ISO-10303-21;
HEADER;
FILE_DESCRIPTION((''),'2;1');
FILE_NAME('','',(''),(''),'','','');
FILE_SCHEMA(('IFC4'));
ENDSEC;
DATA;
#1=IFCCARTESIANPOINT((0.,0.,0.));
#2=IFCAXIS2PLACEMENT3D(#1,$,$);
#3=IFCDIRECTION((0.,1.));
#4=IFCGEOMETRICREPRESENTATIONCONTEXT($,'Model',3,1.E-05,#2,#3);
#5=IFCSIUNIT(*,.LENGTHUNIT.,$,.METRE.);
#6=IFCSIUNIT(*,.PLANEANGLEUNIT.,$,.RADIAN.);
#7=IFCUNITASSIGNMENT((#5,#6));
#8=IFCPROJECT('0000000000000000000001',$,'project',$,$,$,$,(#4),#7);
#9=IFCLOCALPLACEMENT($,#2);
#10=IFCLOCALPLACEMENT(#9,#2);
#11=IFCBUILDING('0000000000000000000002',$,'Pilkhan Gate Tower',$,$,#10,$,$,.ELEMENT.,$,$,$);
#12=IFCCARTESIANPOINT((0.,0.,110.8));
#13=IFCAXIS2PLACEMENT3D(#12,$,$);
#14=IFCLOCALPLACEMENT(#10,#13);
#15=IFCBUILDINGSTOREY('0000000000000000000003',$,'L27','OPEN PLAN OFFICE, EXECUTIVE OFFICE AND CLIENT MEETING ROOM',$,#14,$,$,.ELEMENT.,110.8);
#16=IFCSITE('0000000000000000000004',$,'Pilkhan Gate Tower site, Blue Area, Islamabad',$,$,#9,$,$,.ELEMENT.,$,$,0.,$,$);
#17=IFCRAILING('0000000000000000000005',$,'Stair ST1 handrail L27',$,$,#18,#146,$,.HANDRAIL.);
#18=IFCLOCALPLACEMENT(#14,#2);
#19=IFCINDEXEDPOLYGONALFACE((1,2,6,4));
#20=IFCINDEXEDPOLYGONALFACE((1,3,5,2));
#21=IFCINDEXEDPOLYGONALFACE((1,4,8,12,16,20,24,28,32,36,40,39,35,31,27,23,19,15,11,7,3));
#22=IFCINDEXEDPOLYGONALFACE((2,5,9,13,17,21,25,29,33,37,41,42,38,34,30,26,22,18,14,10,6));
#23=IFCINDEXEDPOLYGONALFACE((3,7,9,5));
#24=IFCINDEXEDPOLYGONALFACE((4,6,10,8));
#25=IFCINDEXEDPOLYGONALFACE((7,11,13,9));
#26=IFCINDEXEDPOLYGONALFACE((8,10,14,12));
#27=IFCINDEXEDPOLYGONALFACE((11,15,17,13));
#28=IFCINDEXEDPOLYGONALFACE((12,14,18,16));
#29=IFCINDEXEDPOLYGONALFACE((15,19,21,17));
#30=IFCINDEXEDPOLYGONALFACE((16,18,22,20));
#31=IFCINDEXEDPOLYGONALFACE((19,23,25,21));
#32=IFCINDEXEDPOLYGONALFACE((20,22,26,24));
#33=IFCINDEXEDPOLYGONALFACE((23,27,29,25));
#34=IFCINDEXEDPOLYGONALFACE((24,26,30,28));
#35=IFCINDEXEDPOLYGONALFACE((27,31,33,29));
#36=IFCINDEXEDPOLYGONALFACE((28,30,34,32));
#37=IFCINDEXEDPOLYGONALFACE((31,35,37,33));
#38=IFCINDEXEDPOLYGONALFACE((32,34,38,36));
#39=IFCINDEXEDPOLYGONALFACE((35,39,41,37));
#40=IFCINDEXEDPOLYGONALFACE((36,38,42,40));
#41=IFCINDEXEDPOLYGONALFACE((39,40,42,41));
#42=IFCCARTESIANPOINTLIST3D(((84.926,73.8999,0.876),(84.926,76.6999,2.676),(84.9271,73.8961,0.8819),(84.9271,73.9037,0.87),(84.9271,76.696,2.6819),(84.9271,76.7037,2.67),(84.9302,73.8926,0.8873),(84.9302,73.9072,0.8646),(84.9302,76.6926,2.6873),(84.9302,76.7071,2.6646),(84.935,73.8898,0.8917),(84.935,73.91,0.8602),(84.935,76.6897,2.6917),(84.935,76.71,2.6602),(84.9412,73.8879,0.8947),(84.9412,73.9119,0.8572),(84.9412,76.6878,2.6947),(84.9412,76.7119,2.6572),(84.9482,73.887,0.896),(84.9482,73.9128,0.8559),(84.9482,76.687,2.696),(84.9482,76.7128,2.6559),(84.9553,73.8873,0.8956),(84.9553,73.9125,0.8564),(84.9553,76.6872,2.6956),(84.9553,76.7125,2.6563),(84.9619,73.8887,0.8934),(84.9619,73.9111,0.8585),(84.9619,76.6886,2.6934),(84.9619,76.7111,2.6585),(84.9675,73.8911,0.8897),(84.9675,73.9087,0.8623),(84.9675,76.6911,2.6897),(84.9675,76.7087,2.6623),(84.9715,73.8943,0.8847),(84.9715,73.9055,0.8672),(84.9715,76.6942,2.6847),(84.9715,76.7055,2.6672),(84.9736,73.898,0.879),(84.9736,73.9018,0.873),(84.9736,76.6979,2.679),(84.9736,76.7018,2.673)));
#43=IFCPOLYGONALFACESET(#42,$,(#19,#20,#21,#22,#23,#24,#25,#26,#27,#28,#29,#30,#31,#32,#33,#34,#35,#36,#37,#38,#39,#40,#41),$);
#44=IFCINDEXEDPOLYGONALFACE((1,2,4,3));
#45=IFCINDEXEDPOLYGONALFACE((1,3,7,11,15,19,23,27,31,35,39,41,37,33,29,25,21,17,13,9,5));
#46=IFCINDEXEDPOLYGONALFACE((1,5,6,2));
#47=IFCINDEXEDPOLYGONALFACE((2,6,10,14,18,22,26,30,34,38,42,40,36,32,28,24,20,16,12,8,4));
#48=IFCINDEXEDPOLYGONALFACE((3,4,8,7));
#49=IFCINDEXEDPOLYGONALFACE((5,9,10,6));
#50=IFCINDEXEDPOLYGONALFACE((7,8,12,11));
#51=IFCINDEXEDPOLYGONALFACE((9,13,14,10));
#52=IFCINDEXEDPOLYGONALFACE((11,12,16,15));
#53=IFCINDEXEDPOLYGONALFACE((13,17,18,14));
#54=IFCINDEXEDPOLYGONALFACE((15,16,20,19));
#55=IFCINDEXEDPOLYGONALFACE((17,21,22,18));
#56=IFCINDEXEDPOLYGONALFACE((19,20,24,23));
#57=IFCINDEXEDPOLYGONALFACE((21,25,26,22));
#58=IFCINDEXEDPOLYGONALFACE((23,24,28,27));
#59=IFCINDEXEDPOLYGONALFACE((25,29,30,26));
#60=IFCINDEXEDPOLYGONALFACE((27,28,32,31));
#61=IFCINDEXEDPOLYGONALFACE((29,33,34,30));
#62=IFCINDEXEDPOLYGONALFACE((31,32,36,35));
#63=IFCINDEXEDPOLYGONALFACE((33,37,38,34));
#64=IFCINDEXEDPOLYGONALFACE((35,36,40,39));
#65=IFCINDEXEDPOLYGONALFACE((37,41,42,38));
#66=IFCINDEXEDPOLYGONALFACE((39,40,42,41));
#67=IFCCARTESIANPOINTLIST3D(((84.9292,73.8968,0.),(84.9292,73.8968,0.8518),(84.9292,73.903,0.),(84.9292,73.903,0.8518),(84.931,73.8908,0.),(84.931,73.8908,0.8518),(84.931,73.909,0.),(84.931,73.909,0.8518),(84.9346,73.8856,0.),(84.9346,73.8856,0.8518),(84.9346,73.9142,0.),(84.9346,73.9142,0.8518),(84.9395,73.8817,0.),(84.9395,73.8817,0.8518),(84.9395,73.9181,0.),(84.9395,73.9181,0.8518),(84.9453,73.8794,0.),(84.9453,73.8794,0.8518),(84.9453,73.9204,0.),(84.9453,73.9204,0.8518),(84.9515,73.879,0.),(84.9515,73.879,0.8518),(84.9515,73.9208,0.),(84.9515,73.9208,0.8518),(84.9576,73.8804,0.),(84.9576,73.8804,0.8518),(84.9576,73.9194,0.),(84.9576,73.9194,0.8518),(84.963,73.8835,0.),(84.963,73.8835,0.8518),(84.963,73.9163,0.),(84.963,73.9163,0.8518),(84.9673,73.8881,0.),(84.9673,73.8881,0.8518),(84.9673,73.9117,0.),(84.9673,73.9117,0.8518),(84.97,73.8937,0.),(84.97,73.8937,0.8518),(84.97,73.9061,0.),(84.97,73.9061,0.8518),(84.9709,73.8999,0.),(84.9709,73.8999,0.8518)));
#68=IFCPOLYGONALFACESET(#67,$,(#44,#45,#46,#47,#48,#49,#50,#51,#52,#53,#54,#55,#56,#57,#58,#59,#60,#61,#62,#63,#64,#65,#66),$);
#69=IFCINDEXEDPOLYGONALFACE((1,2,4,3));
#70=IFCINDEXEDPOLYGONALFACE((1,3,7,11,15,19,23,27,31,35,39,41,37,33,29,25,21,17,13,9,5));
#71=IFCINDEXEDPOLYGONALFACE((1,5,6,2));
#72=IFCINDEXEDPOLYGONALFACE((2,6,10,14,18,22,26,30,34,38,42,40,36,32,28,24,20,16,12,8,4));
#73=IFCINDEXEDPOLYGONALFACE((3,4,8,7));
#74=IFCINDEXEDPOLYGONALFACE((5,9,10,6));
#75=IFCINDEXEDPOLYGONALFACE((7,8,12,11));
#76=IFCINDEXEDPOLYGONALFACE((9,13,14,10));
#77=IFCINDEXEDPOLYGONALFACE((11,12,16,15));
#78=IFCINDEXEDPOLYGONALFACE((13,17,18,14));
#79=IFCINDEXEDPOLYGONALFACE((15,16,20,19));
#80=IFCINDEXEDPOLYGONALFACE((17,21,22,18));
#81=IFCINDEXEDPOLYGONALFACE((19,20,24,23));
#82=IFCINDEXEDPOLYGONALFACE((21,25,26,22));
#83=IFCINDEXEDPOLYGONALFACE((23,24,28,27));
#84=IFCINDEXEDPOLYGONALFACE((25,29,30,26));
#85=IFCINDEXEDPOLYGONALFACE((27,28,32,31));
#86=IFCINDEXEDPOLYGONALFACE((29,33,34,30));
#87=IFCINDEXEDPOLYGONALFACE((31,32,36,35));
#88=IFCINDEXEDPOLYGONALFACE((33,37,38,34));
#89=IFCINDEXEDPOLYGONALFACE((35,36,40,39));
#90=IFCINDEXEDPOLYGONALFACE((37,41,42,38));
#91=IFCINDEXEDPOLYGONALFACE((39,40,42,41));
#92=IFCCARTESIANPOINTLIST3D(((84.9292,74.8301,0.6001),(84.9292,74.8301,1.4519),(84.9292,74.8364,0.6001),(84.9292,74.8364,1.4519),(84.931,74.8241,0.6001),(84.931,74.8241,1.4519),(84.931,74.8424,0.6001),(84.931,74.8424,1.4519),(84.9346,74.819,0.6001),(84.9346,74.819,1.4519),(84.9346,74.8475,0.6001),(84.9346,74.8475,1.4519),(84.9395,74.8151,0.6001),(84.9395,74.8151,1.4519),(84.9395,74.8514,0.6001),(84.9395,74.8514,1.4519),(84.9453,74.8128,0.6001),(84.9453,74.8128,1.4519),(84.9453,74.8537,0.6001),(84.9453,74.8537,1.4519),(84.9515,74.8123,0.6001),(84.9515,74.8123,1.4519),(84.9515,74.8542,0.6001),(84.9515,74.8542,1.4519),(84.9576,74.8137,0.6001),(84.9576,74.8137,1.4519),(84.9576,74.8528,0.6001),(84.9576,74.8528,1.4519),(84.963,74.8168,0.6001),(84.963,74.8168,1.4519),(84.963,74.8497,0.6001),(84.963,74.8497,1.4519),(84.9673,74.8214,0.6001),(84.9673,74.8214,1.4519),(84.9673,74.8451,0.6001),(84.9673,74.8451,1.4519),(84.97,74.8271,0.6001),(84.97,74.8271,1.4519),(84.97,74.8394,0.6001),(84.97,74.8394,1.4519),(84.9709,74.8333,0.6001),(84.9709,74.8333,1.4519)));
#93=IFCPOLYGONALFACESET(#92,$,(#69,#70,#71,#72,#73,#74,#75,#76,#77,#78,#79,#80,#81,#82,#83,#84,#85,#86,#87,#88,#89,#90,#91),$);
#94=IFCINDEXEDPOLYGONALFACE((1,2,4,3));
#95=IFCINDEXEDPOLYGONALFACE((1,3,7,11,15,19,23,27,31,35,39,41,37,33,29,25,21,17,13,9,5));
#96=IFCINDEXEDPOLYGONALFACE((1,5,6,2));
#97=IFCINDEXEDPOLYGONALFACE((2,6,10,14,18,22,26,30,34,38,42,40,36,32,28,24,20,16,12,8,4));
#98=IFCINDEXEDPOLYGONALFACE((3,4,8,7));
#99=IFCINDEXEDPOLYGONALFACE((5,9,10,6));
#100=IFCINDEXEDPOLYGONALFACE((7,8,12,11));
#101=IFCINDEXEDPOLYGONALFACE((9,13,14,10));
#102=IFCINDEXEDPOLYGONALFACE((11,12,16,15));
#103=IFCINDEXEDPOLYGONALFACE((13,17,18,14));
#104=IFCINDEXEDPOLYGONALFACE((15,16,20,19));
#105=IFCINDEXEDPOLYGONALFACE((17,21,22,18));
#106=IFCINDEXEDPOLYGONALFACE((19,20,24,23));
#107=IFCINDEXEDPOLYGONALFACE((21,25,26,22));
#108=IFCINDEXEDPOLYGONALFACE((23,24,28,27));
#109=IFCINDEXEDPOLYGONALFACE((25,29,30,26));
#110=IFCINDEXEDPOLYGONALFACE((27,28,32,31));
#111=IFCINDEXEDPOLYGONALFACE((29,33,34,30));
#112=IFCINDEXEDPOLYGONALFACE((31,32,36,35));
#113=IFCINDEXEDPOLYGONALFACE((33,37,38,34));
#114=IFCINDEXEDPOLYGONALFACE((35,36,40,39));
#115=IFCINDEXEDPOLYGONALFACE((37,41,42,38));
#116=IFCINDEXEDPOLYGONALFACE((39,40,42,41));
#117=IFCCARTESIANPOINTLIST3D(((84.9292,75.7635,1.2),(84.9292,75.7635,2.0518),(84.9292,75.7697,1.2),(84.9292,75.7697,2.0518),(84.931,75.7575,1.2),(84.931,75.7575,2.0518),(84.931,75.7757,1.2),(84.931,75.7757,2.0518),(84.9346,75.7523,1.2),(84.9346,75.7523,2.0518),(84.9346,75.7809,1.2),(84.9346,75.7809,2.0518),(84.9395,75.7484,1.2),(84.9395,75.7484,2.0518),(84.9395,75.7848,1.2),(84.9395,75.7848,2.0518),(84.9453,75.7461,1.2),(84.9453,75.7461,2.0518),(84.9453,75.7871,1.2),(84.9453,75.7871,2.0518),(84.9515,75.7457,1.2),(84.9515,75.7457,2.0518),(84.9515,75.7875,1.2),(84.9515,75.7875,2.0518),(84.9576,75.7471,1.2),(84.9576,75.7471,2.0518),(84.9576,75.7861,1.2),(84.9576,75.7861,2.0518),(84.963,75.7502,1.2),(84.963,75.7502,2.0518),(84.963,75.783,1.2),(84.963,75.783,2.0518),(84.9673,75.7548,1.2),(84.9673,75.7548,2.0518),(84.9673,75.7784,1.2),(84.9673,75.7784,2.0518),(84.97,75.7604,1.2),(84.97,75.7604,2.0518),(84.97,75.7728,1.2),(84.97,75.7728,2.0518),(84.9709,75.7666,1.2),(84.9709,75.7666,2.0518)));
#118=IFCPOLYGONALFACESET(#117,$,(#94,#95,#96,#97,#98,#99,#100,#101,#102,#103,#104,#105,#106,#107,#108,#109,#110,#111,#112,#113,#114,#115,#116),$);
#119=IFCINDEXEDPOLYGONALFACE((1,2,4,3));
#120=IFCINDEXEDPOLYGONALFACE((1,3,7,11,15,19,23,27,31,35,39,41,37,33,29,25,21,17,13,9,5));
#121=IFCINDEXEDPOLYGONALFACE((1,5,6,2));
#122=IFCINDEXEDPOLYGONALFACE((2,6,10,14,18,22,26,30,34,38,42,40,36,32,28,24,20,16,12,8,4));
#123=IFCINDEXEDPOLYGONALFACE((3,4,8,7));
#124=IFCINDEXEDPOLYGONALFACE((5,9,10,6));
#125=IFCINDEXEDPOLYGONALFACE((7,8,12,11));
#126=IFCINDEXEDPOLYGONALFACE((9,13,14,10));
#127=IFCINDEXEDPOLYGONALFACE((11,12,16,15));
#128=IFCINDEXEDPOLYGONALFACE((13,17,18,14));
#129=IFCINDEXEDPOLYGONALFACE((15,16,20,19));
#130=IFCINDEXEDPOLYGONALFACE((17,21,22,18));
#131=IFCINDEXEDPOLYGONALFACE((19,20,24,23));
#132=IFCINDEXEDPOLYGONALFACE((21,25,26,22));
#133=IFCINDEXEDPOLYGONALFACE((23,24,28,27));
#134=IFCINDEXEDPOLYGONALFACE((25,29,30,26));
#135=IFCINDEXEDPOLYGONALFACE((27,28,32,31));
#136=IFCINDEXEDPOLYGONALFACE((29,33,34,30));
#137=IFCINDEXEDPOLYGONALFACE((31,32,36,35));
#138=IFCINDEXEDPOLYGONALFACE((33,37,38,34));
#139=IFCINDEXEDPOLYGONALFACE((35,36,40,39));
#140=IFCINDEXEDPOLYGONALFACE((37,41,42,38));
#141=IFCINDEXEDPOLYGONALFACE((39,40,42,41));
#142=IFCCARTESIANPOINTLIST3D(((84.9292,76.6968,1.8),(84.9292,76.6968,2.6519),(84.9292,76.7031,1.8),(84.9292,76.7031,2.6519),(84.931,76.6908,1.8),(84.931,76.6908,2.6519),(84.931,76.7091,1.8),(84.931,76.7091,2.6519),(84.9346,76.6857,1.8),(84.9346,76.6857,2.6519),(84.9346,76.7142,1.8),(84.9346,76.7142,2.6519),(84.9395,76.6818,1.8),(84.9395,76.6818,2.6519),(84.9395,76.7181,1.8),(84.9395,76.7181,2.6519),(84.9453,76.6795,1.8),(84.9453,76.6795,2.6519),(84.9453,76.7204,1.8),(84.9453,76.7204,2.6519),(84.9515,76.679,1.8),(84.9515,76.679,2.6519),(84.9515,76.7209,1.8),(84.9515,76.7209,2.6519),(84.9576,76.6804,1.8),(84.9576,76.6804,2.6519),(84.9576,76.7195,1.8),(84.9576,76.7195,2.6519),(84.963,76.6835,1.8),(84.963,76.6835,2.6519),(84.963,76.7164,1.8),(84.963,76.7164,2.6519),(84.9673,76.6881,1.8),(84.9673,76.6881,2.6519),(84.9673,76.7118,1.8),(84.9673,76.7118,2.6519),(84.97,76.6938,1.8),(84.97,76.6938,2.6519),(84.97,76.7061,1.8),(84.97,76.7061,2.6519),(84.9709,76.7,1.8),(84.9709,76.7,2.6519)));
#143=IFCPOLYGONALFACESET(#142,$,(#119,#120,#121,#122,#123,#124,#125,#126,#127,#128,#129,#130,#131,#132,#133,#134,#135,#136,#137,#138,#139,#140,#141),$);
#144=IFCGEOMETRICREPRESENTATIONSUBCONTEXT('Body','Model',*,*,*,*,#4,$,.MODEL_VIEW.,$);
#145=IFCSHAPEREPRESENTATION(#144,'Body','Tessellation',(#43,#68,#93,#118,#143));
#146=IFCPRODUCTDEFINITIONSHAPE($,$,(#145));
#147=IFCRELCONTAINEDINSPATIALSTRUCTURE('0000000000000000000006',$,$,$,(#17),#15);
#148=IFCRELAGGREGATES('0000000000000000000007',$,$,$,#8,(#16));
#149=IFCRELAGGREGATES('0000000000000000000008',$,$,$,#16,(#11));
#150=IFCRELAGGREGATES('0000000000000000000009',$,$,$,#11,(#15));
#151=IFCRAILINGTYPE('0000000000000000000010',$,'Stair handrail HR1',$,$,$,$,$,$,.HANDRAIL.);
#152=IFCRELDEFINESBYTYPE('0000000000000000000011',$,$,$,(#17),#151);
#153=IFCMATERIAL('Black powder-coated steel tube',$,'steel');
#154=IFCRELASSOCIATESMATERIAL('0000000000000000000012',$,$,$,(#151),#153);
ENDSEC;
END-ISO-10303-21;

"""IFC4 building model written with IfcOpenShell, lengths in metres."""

from ifc_helpers import new_model, si_unit, direction, frame, origin, origin_2d, place, context, subcontext, project, spatial, circle, extrude, material, type_object, element, save


model = new_model("IFC4")

# Units and contexts
model_context = context("Model", 3, precision=1e-05, world=origin(), true_north=direction((0.0, 1.0)))
body_context = subcontext(model_context, "Body", "Model", "MODEL_VIEW")
ifc_project = project(units=[si_unit("LENGTHUNIT", "METRE"), si_unit("PLANEANGLEUNIT", "RADIAN")], contexts=[model_context])

# Site, building, storey
site_placement = place(None, origin())
site = spatial("IfcSite", under=ifc_project, at=site_placement, Name="Pilkhan Gate Tower site, Blue Area, Islamabad", CompositionType="ELEMENT", RefElevation=0.0)
building_placement = place(site_placement, origin())
building = spatial("IfcBuilding", under=site, at=building_placement, Name="Pilkhan Gate Tower", CompositionType="ELEMENT")
storey_placement = place(building_placement, frame((0.0, 0.0, 110.8)))
storey = spatial("IfcBuildingStorey", under=building, at=storey_placement, Name="L27", Description="OPEN PLAN OFFICE, EXECUTIVE OFFICE AND CLIENT MEETING ROOM", CompositionType="ELEMENT", Elevation=110.8)

# Railing
ifc_material_1 = material(Name="Black powder-coated steel tube", Category="steel")
railing_type_1 = type_object("IfcRailingType", Name="Stair handrail HR1", PredefinedType="HANDRAIL", material=ifc_material_1)
railing_1_placement = place(storey_placement, frame((84.95, 73.8999, 0.0)))
element("IfcRailing", 1, at=railing_1_placement, inside=storey, type_object=railing_type_1, Name="Stair ST1 handrail L27", PredefinedType="HANDRAIL", context=body_context, shape_type="SweptSolid", body=[
    extrude(circle(Radius=0.0239, at=origin_2d()), frame((0.0, 0.0, 0.876), z_axis=(0.0, 0.841176, 0.540761), x_axis=(-1.0, 0.0, 0.0)), (0.0, 0.0, 1.0), 3.3286),
    extrude(circle(Radius=0.021, at=origin_2d()), origin(), (0.0, 0.0, 1.0), 0.8518),
    extrude(circle(Radius=0.021, at=origin_2d()), frame((0.0, 0.9333, 0.6001)), (0.0, 0.0, 1.0), 0.8518),
    extrude(circle(Radius=0.021, at=origin_2d()), frame((0.0, 1.8667, 1.2)), (0.0, 0.0, 1.0), 0.8518),
    extrude(circle(Radius=0.021, at=origin_2d()), frame((0.0, 2.8, 1.8)), (0.0, 0.0, 1.0), 0.8518),
])

save(model, "model.ifc")
